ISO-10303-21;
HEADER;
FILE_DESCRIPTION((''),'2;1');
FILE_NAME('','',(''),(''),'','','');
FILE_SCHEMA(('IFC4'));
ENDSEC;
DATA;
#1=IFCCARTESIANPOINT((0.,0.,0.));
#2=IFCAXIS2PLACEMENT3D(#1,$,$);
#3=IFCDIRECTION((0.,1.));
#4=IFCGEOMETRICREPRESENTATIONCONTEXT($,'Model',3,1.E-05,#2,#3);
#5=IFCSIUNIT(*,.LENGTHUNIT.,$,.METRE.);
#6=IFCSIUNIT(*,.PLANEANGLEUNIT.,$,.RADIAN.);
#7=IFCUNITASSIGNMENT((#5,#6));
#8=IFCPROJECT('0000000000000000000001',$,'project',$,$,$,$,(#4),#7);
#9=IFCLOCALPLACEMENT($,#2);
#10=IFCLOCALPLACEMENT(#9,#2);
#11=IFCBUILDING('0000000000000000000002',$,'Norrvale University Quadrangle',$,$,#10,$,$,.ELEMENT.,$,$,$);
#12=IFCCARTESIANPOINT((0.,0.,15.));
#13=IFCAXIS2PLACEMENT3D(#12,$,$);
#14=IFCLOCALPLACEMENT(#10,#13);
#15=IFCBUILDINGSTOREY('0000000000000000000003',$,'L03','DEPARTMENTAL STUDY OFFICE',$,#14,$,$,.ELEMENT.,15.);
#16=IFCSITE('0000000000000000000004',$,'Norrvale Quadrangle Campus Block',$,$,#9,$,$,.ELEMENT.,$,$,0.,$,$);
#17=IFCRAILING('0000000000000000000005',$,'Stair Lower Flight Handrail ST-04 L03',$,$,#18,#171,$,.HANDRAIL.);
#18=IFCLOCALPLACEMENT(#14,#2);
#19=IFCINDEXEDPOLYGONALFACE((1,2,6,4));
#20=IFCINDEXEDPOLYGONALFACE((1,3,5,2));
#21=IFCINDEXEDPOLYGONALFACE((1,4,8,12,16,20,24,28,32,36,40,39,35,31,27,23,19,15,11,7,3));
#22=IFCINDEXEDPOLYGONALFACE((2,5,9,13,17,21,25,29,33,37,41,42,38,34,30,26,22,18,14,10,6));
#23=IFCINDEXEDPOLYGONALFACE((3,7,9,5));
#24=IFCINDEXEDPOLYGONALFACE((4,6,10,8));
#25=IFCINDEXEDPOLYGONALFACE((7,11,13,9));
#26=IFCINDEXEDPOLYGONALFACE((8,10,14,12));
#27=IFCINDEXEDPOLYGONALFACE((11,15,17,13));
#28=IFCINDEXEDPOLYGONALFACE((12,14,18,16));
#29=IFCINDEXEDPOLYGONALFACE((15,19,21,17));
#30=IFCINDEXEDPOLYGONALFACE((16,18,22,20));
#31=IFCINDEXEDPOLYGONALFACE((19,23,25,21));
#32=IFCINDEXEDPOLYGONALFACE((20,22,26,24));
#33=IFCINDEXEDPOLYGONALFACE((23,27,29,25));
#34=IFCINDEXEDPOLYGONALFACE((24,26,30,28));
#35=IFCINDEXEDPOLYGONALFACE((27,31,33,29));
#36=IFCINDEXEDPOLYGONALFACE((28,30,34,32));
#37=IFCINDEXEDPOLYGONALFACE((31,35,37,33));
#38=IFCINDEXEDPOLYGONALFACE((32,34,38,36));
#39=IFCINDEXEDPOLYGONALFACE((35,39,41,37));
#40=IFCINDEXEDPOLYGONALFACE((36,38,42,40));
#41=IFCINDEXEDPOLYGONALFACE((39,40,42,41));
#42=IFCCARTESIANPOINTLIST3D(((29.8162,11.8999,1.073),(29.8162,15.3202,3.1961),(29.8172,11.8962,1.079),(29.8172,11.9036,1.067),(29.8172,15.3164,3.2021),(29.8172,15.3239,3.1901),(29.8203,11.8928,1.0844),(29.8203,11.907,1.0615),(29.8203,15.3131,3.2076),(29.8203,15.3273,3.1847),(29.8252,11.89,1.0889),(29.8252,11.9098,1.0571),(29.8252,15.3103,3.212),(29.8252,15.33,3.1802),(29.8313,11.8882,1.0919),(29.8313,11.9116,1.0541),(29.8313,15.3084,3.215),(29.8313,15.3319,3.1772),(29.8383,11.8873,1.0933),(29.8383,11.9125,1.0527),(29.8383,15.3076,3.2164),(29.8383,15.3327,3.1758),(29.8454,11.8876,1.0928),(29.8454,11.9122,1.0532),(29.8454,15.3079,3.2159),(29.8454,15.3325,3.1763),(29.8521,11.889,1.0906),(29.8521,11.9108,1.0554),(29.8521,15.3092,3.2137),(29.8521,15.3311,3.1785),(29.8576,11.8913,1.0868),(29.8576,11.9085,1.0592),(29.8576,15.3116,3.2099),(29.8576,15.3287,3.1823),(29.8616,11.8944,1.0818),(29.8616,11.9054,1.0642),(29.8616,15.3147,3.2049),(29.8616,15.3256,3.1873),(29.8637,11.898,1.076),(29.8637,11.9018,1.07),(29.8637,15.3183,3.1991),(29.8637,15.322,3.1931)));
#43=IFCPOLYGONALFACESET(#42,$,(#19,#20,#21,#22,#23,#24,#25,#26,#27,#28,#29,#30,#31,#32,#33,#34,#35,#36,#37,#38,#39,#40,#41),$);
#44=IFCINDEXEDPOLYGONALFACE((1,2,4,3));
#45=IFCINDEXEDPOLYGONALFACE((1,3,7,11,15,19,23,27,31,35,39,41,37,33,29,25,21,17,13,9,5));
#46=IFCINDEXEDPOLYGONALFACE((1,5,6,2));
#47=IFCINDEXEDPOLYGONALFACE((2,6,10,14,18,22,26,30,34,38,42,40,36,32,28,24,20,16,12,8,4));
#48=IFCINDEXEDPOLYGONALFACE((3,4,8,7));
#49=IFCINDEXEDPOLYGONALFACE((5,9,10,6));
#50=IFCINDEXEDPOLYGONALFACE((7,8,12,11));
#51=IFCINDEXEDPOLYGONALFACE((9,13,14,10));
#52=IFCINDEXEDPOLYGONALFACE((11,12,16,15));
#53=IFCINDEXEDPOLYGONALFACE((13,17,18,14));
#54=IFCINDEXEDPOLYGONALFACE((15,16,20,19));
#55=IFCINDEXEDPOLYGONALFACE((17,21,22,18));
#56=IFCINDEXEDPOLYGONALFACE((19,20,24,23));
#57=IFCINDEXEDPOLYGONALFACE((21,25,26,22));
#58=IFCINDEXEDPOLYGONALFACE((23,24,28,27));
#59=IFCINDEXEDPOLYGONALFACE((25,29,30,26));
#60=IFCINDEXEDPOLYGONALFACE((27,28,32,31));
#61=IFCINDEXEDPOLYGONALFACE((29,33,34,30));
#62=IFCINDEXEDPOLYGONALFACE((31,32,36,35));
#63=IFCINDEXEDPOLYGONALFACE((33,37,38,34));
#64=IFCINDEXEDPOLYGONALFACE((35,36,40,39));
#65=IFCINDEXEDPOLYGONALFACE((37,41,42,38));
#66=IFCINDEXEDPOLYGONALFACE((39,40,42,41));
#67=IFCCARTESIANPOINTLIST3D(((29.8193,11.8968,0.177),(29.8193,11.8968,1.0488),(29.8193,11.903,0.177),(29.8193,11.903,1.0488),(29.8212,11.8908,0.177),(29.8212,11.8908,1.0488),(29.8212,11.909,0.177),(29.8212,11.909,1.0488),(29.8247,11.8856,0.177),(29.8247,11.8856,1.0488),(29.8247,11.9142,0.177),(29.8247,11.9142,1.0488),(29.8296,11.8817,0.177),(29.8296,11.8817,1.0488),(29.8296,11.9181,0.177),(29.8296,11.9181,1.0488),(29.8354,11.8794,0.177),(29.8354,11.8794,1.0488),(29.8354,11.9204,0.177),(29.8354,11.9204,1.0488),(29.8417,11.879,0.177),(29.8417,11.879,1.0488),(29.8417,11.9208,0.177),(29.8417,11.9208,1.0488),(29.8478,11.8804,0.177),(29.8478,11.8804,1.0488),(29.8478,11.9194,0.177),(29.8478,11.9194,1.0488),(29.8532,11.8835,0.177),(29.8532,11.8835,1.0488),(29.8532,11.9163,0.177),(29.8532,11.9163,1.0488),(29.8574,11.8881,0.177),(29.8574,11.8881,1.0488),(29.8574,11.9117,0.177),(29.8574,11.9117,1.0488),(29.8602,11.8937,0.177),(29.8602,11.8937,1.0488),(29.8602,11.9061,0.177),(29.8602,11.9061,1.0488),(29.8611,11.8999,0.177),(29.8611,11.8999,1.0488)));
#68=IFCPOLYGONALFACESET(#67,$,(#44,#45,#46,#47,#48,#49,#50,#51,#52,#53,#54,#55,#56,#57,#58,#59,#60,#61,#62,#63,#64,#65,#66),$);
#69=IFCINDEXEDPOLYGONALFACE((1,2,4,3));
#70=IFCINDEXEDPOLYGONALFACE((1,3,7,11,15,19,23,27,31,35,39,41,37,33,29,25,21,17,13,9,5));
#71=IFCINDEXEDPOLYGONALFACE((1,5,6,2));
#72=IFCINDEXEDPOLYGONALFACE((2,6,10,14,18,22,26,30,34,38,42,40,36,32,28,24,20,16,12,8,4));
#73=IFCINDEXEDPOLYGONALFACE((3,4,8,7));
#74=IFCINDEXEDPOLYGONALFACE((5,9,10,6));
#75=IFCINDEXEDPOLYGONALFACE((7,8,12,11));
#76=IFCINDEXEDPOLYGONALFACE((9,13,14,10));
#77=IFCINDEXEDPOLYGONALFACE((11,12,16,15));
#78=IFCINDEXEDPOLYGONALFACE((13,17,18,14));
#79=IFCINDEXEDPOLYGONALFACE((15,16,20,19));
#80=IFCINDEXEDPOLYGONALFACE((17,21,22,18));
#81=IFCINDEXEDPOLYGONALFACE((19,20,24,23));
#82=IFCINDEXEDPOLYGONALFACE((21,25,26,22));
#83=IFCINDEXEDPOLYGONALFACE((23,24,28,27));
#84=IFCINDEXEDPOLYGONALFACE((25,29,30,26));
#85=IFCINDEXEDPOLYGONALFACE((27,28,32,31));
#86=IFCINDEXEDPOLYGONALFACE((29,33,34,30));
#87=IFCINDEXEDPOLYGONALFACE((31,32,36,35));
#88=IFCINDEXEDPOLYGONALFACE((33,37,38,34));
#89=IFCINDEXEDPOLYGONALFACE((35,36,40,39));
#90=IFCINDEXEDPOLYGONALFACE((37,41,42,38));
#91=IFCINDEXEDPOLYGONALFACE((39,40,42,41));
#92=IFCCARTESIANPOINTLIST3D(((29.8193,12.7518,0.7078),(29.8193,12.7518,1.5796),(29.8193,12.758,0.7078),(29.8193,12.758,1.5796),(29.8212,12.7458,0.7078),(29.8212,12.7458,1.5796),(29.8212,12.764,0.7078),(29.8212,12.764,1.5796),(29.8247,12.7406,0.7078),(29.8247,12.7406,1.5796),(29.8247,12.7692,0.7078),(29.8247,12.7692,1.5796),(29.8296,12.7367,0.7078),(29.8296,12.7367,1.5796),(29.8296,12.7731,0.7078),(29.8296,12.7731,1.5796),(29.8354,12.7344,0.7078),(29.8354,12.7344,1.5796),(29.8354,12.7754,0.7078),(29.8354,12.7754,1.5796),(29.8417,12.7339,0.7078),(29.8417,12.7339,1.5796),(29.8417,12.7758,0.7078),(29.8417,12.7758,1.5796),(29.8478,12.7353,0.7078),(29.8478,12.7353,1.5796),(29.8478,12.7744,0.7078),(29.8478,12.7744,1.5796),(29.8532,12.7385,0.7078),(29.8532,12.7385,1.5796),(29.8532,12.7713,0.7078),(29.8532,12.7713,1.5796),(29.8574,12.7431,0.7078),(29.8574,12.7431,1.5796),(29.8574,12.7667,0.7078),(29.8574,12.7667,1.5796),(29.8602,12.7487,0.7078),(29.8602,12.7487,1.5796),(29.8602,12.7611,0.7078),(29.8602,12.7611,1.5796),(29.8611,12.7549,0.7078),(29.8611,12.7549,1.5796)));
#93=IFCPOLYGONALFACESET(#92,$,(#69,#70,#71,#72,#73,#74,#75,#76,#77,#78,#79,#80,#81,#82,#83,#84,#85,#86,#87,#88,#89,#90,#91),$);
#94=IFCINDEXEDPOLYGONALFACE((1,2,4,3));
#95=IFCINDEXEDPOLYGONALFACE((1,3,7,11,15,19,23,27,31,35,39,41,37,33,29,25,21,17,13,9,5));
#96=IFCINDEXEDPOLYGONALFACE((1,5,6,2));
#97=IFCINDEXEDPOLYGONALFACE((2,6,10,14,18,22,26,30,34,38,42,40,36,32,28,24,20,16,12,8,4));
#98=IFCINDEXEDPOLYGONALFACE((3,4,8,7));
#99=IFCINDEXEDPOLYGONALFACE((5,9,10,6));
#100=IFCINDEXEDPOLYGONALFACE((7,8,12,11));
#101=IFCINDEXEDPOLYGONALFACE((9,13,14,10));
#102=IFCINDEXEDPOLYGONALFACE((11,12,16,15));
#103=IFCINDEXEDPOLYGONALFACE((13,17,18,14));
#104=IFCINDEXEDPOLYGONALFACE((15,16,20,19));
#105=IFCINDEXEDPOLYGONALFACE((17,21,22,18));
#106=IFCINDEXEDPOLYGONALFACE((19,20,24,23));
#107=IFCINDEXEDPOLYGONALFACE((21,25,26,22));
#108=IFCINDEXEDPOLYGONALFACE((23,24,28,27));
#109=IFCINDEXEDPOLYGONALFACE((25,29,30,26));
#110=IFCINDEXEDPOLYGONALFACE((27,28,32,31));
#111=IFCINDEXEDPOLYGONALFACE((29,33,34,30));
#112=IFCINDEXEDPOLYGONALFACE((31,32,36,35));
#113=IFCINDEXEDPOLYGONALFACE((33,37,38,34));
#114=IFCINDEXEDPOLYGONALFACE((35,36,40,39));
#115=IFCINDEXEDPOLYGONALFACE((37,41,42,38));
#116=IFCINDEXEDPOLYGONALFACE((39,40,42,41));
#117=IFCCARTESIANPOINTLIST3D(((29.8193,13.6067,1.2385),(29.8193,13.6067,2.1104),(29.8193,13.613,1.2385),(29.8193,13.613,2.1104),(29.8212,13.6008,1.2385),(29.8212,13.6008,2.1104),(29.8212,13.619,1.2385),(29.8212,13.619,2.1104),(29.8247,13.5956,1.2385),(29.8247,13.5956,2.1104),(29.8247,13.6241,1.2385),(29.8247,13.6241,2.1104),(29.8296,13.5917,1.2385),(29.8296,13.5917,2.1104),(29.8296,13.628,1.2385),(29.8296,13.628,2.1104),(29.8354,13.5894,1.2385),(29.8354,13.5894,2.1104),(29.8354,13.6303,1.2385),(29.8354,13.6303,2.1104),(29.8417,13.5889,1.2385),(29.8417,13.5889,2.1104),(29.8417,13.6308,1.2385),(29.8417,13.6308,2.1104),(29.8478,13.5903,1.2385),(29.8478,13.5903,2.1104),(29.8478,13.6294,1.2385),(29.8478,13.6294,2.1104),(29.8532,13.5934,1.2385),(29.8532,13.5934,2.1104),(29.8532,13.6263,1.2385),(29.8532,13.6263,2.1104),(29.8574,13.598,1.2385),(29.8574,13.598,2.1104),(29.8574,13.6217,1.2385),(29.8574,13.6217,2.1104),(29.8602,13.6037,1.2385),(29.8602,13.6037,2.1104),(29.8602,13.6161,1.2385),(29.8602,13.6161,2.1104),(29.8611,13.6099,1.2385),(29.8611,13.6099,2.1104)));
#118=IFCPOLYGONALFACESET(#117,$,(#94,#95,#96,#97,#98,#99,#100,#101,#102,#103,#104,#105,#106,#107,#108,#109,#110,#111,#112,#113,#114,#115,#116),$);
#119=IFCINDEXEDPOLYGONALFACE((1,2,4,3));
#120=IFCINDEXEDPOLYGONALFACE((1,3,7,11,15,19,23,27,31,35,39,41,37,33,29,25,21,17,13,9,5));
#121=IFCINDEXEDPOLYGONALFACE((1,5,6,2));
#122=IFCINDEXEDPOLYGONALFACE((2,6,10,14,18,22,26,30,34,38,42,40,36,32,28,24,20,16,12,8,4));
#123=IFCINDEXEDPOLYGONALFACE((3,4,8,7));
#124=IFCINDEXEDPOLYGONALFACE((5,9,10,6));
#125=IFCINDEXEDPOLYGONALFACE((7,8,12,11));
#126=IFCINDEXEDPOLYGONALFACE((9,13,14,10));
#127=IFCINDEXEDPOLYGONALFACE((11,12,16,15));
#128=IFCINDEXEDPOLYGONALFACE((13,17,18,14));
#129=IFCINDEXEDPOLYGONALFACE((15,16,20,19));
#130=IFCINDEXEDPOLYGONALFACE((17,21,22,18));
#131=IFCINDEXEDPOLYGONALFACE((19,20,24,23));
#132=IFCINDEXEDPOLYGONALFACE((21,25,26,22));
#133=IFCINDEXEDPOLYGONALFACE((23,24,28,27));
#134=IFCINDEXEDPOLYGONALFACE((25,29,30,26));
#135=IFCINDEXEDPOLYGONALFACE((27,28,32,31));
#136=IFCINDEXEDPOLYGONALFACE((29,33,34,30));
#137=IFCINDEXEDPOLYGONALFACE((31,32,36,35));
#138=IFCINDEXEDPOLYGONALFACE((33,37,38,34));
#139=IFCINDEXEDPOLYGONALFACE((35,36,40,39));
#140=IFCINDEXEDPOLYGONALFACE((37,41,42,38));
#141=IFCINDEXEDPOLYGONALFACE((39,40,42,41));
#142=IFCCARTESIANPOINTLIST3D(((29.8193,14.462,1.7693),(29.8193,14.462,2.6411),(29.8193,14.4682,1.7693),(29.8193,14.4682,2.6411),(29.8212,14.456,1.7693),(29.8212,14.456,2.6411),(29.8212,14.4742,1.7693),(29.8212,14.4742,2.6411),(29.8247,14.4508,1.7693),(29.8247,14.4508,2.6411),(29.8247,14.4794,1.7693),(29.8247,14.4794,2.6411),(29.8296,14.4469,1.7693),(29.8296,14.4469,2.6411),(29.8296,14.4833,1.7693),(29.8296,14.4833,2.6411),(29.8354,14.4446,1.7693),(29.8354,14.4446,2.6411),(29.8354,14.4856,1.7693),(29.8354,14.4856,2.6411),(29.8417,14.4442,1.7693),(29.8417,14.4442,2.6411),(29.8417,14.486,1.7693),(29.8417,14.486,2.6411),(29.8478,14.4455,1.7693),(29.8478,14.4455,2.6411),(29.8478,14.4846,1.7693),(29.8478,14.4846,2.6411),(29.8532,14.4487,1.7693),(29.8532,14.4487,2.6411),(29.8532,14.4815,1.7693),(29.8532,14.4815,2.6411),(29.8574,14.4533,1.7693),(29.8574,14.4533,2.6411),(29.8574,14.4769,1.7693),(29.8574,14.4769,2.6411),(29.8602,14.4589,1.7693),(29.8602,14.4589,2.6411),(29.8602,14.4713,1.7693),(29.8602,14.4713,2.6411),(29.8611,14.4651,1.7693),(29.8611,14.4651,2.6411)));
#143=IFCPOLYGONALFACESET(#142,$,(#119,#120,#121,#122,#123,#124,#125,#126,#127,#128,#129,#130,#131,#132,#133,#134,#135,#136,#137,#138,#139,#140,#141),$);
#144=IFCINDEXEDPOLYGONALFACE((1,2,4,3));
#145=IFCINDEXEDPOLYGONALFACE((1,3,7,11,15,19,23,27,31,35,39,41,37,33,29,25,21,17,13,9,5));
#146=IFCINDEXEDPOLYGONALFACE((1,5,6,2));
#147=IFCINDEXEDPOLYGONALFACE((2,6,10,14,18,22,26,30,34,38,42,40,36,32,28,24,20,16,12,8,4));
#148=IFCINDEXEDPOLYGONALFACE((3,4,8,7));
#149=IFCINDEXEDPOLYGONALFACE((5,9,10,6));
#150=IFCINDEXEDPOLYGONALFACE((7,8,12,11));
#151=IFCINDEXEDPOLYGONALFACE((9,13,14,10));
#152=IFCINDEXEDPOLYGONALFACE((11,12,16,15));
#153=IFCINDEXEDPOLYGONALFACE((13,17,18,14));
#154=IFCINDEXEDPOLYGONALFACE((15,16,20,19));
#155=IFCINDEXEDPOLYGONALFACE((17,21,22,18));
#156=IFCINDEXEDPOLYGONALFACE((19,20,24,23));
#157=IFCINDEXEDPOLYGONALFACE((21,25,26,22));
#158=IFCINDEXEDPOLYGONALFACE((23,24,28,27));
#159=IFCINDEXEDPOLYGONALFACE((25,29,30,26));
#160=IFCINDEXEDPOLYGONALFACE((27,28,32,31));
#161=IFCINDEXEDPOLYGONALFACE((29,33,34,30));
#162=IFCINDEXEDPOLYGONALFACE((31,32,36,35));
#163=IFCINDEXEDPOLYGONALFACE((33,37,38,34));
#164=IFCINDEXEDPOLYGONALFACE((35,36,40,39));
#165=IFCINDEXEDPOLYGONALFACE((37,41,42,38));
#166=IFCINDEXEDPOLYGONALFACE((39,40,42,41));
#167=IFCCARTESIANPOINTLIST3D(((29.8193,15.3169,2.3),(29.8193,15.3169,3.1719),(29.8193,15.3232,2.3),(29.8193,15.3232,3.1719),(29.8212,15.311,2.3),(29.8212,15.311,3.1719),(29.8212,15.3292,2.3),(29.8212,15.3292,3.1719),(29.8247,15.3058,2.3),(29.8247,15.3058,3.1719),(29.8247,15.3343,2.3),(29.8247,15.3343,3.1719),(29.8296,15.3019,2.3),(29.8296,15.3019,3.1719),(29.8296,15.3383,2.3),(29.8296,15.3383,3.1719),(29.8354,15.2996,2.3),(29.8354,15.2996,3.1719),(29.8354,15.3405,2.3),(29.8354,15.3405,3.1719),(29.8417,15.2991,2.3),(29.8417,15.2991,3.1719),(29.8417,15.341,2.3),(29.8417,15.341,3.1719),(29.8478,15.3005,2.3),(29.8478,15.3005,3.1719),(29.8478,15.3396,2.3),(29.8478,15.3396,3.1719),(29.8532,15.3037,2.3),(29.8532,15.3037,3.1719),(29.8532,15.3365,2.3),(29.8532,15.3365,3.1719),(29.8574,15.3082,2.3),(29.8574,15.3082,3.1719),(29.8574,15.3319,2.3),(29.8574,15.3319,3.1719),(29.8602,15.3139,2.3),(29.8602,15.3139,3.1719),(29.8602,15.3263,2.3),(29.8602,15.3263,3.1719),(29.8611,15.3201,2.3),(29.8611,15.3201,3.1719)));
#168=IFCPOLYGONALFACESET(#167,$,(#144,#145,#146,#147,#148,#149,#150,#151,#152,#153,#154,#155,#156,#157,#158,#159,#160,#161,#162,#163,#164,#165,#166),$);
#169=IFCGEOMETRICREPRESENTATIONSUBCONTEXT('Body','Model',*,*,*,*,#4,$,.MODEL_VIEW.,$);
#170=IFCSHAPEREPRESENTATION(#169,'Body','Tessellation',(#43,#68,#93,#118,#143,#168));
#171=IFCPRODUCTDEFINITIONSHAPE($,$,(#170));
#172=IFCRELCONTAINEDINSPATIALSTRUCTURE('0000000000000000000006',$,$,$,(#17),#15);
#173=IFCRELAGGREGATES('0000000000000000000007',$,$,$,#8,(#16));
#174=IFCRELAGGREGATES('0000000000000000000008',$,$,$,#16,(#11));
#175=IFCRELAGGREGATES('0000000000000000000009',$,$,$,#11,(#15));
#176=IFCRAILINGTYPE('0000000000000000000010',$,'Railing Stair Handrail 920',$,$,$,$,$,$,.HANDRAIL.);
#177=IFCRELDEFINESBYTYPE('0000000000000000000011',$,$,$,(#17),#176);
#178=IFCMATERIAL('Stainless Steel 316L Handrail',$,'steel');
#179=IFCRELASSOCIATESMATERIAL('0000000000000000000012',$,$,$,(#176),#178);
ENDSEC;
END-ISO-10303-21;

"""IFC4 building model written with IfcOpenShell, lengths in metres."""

from ifc_helpers import new_model, si_unit, direction, frame, origin, origin_2d, place, context, subcontext, project, spatial, circle, extrude, material, type_object, element, save


model = new_model("IFC4")

# Units and contexts
model_context = context("Model", 3, precision=1e-05, world=origin(), true_north=direction((0.0, 1.0)))
body_context = subcontext(model_context, "Body", "Model", "MODEL_VIEW")
ifc_project = project(units=[si_unit("LENGTHUNIT", "METRE"), si_unit("PLANEANGLEUNIT", "RADIAN")], contexts=[model_context])

# Site, building, storey
site_placement = place(None, origin())
site = spatial("IfcSite", under=ifc_project, at=site_placement, Name="Norrvale Quadrangle Campus Block", CompositionType="ELEMENT", RefElevation=0.0)
building_placement = place(site_placement, origin())
building = spatial("IfcBuilding", under=site, at=building_placement, Name="Norrvale University Quadrangle", CompositionType="ELEMENT")
storey_placement = place(building_placement, frame((0.0, 0.0, 15.0)))
storey = spatial("IfcBuildingStorey", under=building, at=storey_placement, Name="L03", Description="DEPARTMENTAL STUDY OFFICE", CompositionType="ELEMENT", Elevation=15.0)

# Railing
ifc_material_1 = material(Name="Stainless Steel 316L Handrail", Category="steel")
railing_type_1 = type_object("IfcRailingType", Name="Railing Stair Handrail 920", PredefinedType="HANDRAIL", material=ifc_material_1)
railing_1_placement = place(storey_placement, frame((29.8401, 11.8999, 0.177)))
element("IfcRailing", 1, at=railing_1_placement, inside=storey, type_object=railing_type_1, Name="Stair Lower Flight Handrail ST-04 L03", PredefinedType="HANDRAIL", context=body_context, shape_type="SweptSolid", body=[
    extrude(circle(Radius=0.0239, at=origin_2d()), frame((0.0, 0.0, 0.896), z_axis=(0.0, 0.84962, 0.527396), x_axis=(-1.0, 0.0, 0.0)), (0.0, 0.0, 1.0), 4.0256),
    extrude(circle(Radius=0.021, at=origin_2d()), origin(), (0.0, 0.0, 1.0), 0.8718),
    extrude(circle(Radius=0.021, at=origin_2d()), frame((0.0, 0.855, 0.5308)), (0.0, 0.0, 1.0), 0.8718),
    extrude(circle(Radius=0.021, at=origin_2d()), frame((0.0, 1.71, 1.0615)), (0.0, 0.0, 1.0), 0.8718),
    extrude(circle(Radius=0.021, at=origin_2d()), frame((0.0, 2.5652, 1.5923)), (0.0, 0.0, 1.0), 0.8718),
    extrude(circle(Radius=0.021, at=origin_2d()), frame((0.0, 3.4202, 2.123)), (0.0, 0.0, 1.0), 0.8718),
])

save(model, "model.ifc")
